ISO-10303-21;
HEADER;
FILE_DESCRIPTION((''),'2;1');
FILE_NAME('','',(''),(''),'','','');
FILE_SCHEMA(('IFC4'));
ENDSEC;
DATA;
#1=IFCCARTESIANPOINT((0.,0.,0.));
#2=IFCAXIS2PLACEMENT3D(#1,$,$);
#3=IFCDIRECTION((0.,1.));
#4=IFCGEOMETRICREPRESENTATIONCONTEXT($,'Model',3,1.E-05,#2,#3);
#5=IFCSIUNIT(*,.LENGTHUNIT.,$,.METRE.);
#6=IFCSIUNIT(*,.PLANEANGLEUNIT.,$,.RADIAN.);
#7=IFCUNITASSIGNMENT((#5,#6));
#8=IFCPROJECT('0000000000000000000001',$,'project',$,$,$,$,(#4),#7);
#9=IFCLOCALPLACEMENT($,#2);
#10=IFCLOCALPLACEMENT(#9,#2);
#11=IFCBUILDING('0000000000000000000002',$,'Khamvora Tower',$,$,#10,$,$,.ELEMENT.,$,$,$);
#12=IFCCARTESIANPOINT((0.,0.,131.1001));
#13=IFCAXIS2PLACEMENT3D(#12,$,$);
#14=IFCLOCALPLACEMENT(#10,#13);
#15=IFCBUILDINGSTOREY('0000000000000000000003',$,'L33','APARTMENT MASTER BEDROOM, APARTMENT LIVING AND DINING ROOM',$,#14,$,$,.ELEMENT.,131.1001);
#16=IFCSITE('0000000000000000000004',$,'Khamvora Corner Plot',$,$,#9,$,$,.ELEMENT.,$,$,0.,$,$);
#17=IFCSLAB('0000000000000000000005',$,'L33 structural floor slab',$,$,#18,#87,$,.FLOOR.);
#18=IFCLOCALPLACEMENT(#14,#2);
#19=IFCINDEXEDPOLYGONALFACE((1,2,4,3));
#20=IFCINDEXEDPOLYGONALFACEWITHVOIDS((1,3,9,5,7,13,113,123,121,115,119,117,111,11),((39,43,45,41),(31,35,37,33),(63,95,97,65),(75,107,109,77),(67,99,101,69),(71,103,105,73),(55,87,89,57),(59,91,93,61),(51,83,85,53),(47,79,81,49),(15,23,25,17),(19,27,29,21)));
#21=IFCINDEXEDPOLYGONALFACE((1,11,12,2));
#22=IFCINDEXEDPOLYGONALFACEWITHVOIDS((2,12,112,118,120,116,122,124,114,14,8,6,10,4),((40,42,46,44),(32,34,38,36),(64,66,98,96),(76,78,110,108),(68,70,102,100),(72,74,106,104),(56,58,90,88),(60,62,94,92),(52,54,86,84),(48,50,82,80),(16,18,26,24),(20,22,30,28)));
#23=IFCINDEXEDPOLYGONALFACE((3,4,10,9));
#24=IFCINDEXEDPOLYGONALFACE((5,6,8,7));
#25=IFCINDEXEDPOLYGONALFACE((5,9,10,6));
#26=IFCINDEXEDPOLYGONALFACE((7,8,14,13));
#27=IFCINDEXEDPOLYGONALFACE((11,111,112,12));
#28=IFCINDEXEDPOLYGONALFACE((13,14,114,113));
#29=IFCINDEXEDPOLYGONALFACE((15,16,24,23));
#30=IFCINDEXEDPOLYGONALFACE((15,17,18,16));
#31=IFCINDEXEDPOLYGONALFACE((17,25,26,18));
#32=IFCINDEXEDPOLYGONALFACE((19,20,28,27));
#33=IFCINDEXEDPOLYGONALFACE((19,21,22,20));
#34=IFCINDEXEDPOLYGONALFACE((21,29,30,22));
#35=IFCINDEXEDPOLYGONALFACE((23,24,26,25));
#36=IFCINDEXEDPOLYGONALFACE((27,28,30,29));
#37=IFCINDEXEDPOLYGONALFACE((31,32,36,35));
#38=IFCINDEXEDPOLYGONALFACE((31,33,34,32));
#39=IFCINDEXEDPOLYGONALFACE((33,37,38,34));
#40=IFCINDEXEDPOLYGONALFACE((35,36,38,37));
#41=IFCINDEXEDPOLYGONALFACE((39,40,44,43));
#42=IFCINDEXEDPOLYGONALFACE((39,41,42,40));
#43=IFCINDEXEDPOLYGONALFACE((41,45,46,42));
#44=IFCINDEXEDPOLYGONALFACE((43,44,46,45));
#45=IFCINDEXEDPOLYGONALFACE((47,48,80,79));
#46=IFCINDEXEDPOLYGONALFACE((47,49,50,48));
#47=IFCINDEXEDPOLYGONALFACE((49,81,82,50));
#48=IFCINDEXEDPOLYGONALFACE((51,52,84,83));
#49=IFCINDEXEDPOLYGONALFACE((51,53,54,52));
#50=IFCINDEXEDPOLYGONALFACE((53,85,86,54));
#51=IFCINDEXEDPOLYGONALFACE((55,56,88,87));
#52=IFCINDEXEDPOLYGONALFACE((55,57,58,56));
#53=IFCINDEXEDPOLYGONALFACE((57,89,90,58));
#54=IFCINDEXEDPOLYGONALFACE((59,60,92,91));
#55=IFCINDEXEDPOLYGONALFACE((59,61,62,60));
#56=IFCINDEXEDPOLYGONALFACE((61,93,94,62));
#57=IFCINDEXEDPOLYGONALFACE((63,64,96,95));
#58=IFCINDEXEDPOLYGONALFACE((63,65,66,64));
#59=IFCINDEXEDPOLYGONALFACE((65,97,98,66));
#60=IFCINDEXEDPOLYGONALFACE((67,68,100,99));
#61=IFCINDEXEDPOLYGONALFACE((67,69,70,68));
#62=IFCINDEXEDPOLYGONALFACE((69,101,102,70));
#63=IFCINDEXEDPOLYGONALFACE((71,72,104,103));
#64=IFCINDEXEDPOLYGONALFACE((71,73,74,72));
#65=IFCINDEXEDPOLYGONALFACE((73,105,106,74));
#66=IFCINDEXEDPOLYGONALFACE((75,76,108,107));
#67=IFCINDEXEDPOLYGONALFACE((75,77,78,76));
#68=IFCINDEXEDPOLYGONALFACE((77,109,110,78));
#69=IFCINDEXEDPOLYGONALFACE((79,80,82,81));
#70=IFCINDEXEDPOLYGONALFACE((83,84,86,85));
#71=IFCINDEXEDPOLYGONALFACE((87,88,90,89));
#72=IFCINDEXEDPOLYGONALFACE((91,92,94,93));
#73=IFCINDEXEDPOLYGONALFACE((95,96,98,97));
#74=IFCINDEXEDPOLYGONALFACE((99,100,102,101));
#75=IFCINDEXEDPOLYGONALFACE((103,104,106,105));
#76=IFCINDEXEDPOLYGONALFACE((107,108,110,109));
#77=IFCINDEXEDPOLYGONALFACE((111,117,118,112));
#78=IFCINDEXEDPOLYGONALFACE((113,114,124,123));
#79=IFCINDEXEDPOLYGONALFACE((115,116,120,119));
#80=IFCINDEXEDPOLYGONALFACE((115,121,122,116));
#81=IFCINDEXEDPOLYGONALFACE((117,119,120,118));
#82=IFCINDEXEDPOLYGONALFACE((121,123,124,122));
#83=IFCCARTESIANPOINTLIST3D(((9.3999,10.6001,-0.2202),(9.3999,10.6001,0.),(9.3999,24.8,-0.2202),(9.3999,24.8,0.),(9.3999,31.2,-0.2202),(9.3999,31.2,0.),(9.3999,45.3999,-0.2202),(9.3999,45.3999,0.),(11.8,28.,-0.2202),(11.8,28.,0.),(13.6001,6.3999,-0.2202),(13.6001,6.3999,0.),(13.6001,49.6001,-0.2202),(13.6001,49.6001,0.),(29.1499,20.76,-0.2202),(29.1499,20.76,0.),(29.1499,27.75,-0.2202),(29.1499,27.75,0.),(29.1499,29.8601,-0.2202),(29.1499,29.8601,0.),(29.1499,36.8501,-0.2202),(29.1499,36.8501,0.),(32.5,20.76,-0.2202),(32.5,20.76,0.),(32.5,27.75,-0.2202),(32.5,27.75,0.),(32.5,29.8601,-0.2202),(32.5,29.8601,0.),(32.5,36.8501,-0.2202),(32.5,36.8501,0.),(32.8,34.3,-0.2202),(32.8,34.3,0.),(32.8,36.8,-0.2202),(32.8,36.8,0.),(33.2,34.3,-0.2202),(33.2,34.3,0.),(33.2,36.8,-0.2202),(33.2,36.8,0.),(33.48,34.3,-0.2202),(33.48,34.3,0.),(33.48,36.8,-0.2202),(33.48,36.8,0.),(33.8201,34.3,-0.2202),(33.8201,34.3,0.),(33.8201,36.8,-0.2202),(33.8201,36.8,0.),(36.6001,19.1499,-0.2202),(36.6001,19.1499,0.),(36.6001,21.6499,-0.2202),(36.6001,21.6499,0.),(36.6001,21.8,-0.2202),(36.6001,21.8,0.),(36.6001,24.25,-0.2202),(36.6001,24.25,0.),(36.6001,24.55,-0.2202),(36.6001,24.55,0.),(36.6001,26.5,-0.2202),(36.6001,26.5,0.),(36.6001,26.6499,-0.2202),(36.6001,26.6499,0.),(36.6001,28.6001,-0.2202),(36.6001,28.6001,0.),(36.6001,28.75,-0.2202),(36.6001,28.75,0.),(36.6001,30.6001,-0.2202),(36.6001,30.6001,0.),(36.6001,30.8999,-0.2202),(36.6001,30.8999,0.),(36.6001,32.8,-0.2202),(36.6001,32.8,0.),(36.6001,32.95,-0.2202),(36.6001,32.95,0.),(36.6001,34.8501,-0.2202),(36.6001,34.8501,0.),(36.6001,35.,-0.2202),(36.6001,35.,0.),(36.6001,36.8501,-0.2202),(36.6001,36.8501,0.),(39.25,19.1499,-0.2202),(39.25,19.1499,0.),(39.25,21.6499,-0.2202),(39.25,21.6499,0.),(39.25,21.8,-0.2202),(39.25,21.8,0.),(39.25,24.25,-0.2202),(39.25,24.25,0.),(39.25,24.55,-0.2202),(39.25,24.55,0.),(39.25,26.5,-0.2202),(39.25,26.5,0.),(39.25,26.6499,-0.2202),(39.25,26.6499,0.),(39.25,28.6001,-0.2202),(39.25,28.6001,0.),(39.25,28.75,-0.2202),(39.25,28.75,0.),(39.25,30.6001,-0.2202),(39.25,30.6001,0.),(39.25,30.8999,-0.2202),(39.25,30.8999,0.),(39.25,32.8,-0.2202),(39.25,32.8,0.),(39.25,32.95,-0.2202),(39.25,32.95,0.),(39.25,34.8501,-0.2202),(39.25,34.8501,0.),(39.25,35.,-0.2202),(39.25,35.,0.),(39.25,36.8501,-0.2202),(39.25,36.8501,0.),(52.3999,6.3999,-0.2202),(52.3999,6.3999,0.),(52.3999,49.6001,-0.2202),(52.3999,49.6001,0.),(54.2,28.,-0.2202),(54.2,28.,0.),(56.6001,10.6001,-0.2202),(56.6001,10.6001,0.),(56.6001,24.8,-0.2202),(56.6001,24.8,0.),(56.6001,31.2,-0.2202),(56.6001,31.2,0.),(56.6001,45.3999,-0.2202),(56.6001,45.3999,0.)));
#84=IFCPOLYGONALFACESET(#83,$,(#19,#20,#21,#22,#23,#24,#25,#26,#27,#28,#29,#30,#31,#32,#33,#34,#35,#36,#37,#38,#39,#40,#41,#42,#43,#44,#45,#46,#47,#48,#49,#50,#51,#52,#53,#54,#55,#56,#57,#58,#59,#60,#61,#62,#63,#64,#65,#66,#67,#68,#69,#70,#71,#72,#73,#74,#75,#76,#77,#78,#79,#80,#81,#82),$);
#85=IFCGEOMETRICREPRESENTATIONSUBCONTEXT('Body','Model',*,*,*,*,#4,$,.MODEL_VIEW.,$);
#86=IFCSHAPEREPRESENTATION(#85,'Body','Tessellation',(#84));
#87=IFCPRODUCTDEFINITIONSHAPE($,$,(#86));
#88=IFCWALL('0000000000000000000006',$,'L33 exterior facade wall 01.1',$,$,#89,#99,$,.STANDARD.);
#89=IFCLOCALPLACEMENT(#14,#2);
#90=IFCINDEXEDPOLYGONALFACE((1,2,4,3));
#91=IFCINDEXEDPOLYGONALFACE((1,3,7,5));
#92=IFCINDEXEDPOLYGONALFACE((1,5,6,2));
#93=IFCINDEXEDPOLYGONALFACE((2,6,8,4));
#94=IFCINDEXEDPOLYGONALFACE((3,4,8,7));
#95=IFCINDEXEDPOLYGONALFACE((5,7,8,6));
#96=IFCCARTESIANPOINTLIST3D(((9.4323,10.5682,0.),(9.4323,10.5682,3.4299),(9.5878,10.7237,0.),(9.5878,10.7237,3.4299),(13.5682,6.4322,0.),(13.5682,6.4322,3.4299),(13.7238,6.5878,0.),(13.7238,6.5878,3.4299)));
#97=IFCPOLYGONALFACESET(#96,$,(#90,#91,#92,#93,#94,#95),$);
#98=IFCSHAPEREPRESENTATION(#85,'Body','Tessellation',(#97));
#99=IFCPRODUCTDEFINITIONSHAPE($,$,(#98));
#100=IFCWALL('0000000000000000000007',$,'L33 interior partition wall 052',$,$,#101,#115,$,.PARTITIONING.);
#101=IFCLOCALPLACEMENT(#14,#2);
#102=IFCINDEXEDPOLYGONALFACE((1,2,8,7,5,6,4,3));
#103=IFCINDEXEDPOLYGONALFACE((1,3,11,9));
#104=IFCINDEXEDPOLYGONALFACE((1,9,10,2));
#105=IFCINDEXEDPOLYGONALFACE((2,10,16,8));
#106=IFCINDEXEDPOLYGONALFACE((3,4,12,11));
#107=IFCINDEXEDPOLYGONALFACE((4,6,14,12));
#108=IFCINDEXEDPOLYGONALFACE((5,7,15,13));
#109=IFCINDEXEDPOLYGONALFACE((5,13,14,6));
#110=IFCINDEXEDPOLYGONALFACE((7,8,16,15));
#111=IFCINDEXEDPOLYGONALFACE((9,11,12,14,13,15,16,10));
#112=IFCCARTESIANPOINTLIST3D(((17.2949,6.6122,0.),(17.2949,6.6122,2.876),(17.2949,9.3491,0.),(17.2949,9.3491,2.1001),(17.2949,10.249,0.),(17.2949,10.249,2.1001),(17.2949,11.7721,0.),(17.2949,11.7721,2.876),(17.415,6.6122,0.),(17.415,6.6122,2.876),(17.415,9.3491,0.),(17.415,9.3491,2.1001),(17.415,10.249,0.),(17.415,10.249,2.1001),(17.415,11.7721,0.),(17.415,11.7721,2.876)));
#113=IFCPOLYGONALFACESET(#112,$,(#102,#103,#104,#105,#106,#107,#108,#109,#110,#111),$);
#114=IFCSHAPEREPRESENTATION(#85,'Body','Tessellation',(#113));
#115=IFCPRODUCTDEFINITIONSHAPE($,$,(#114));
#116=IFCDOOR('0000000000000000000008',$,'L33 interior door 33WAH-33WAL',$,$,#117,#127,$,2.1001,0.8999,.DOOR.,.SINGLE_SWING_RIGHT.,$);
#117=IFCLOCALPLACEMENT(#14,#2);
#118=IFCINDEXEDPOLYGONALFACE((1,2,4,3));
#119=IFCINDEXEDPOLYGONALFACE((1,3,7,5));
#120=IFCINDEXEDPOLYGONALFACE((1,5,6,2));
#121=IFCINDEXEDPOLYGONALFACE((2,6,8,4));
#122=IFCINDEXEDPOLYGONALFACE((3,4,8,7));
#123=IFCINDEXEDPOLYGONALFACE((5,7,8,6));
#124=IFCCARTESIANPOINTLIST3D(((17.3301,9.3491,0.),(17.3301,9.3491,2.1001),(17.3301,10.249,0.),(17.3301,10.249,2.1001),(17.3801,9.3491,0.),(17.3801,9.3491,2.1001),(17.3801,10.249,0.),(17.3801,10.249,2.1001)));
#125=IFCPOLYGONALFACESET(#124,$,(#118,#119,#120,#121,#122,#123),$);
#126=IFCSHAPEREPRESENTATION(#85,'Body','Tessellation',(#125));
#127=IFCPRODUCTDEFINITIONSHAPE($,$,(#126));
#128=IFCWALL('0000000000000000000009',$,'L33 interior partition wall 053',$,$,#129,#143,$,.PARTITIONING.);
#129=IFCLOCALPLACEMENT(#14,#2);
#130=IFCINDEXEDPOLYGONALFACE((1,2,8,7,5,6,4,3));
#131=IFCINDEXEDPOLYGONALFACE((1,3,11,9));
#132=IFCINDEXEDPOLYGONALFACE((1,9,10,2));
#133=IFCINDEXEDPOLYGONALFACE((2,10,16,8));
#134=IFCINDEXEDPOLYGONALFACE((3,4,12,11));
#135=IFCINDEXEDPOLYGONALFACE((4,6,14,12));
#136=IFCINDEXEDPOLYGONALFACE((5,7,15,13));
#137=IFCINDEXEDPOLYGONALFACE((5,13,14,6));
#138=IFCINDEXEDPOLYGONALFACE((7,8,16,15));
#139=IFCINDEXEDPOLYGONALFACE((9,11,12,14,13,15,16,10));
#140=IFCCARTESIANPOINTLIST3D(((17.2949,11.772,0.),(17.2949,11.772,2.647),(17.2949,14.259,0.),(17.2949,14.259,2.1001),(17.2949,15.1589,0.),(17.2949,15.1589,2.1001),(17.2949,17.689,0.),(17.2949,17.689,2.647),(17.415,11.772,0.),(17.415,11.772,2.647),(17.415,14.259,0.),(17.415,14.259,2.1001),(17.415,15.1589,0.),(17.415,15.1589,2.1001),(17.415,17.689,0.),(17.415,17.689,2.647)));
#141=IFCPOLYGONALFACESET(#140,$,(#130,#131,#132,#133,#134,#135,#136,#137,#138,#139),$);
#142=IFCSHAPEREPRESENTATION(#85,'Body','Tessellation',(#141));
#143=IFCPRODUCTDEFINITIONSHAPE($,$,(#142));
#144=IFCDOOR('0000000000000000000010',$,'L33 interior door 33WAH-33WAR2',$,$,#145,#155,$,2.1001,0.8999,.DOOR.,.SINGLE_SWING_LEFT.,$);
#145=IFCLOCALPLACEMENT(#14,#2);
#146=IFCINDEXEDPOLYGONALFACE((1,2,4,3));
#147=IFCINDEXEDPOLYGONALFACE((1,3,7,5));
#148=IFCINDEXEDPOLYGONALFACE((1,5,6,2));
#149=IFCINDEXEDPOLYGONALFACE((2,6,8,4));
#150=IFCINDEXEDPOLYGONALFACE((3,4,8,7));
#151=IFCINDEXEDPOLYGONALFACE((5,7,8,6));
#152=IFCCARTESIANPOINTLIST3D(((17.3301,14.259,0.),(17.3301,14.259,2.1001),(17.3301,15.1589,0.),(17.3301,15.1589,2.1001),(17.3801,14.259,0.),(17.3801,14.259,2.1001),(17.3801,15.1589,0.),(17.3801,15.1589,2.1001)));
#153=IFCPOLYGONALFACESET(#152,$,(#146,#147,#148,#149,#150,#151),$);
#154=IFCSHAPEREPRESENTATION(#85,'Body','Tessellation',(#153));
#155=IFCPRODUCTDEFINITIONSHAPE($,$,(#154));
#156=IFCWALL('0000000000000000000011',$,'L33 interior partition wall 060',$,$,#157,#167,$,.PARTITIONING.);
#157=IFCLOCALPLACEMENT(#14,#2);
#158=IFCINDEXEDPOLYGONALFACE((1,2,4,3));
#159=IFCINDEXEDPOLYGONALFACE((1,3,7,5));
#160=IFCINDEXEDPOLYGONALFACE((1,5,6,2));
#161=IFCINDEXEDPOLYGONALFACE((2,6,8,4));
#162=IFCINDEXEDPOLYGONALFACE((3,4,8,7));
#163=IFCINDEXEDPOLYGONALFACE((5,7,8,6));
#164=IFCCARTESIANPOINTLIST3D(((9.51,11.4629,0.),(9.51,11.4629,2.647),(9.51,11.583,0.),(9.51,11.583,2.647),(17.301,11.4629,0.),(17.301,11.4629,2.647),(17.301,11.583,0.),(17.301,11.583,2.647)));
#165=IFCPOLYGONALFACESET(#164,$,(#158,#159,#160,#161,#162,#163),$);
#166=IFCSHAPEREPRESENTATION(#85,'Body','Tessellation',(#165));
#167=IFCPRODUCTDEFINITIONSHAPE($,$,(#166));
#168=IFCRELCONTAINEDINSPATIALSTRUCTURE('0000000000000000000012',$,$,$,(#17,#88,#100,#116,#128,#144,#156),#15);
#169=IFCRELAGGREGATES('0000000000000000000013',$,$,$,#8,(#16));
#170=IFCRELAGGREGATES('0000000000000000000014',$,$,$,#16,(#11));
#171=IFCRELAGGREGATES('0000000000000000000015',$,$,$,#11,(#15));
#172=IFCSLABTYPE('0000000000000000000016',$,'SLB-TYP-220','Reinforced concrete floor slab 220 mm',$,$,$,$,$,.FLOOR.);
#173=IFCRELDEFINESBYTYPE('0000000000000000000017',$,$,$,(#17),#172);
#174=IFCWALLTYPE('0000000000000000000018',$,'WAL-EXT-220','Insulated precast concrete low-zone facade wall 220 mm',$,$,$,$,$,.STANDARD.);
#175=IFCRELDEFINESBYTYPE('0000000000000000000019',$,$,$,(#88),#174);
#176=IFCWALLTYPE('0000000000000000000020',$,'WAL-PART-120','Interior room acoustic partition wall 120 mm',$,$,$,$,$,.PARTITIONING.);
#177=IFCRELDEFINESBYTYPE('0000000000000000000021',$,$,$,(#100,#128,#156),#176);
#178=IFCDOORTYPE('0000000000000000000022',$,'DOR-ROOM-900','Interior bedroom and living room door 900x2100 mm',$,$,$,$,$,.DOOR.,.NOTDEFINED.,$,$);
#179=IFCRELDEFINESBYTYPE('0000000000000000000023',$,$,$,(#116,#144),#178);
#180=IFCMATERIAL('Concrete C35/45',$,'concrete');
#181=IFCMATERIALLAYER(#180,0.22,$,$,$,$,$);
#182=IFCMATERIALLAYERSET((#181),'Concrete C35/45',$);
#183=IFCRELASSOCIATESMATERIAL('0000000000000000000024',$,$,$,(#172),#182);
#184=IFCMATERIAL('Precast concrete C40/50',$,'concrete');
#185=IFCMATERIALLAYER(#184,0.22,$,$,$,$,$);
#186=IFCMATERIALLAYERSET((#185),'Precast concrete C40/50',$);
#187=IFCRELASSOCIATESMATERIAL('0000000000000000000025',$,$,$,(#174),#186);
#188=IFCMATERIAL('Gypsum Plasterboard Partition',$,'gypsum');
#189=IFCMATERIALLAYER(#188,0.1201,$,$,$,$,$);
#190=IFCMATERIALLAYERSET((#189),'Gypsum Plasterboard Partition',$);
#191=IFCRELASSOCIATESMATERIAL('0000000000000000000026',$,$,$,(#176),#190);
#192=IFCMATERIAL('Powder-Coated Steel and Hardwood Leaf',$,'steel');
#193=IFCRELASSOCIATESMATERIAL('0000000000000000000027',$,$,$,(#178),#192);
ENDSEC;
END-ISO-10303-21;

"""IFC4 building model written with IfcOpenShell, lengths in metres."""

from ifc_helpers import new_model, si_unit, direction, frame, frame_2d, origin, place, context, subcontext, project, spatial, polyline, rectangle, outline, extrude, material, layer, layer_set, type_object, element, fill, save


model = new_model("IFC4")

# Units and contexts
model_context = context("Model", 3, precision=1e-05, world=origin(), true_north=direction((0.0, 1.0)))
body_context = subcontext(model_context, "Body", "Model", "MODEL_VIEW")
ifc_project = project(units=[si_unit("LENGTHUNIT", "METRE"), si_unit("PLANEANGLEUNIT", "RADIAN")], contexts=[model_context])

# Site, building, storey
site_placement = place(None, origin())
site = spatial("IfcSite", under=ifc_project, at=site_placement, Name="Khamvora Corner Plot", CompositionType="ELEMENT", RefElevation=0.0)
building_placement = place(site_placement, origin())
building = spatial("IfcBuilding", under=site, at=building_placement, Name="Khamvora Tower", CompositionType="ELEMENT")
storey_placement = place(building_placement, frame((0.0, 0.0, 131.1001)))
storey = spatial("IfcBuildingStorey", under=building, at=storey_placement, Name="L33", Description="APARTMENT MASTER BEDROOM, APARTMENT LIVING AND DINING ROOM", CompositionType="ELEMENT", Elevation=131.1001)

# Slab
ifc_material_1 = material(Name="Concrete C35/45", Category="concrete")
ifc_layer_1 = layer(ifc_material_1, 0.22)
ifc_layer_set_1 = layer_set([ifc_layer_1], Name="Concrete C35/45")
slab_type_1 = type_object("IfcSlabType", Name="SLB-TYP-220", Description="Reinforced concrete floor slab 220 mm", PredefinedType="FLOOR", material=ifc_layer_set_1)
slab_1_placement = place(storey_placement, frame((0.0, 0.0, -0.2202)))
element("IfcSlab", 1, at=slab_1_placement, inside=storey, type_object=slab_type_1, Name="L33 structural floor slab", PredefinedType="FLOOR", context=body_context, shape_type="SweptSolid", body=[
    extrude(outline(polyline([(13.6001, 6.3999), (52.3999, 6.3999), (56.6001, 10.6001), (56.6001, 24.8), (54.2, 28.0), (56.6001, 31.2), (56.6001, 45.3999), (52.3999, 49.6001), (13.6001, 49.6001), (9.3999, 45.3999), (9.3999, 31.2), (11.8, 28.0), (9.3999, 24.8), (9.3999, 10.6001), (13.6001, 6.3999)]), holes=[polyline([(32.5, 20.76), (32.5, 27.75), (29.1499, 27.75), (29.1499, 20.76), (32.5, 20.76)]), polyline([(32.5, 29.8601), (32.5, 36.8501), (29.1499, 36.8501), (29.1499, 29.8601), (32.5, 29.8601)]), polyline([(36.6001, 19.1499), (39.25, 19.1499), (39.25, 21.6499), (36.6001, 21.6499), (36.6001, 19.1499)]), polyline([(36.6001, 21.8), (39.25, 21.8), (39.25, 24.25), (36.6001, 24.25), (36.6001, 21.8)]), polyline([(36.6001, 24.55), (39.25, 24.55), (39.25, 26.5), (36.6001, 26.5), (36.6001, 24.55)]), polyline([(36.6001, 26.6499), (39.25, 26.6499), (39.25, 28.6001), (36.6001, 28.6001), (36.6001, 26.6499)]), polyline([(36.6001, 28.75), (39.25, 28.75), (39.25, 30.6001), (36.6001, 30.6001), (36.6001, 28.75)]), polyline([(36.6001, 30.8999), (39.25, 30.8999), (39.25, 32.8), (36.6001, 32.8), (36.6001, 30.8999)]), polyline([(36.6001, 32.95), (39.25, 32.95), (39.25, 34.8501), (36.6001, 34.8501), (36.6001, 32.95)]), polyline([(36.6001, 35.0), (39.25, 35.0), (39.25, 36.8501), (36.6001, 36.8501), (36.6001, 35.0)]), polyline([(32.8, 34.3), (33.2, 34.3), (33.2, 36.8), (32.8, 36.8), (32.8, 34.3)]), polyline([(33.48, 34.3), (33.8201, 34.3), (33.8201, 36.8), (33.48, 36.8), (33.48, 34.3)])]), origin(), (0.0, 0.0, 1.0), 0.2202),
])

# Wall
ifc_material_2 = material(Name="Precast concrete C40/50", Category="concrete")
ifc_layer_2 = layer(ifc_material_2, 0.22)
ifc_layer_set_2 = layer_set([ifc_layer_2], Name="Precast concrete C40/50")
wall_type_1 = type_object("IfcWallType", Name="WAL-EXT-220", Description="Insulated precast concrete low-zone facade wall 220 mm", PredefinedType="STANDARD", material=ifc_layer_set_2)
wall_1_placement = place(storey_placement, frame((13.646, 6.51, 0.0), z_axis=(0.0, 0.0, 1.0), x_axis=(-0.707107, 0.707107, 0.0)))
element("IfcWall", 2, at=wall_1_placement, inside=storey, type_object=wall_type_1, Name="L33 exterior facade wall 01.1", PredefinedType="STANDARD", context=body_context, shape_type="SweptSolid", body=[
    extrude(rectangle(XDim=5.8491, YDim=0.22, at=frame_2d((2.9246, 0.0))), origin(), (0.0, 0.0, 1.0), 3.4299),
])

# Walls, openings, doors
ifc_material_3 = material(Name="Gypsum Plasterboard Partition", Category="gypsum")
ifc_layer_3 = layer(ifc_material_3, 0.1201)
ifc_layer_set_3 = layer_set([ifc_layer_3], Name="Gypsum Plasterboard Partition")
wall_type_2 = type_object("IfcWallType", Name="WAL-PART-120", Description="Interior room acoustic partition wall 120 mm", PredefinedType="PARTITIONING", material=ifc_layer_set_3)
wall_2_placement = place(storey_placement, frame((17.355, 6.6121, 0.0), z_axis=(0.0, 0.0, 1.0), x_axis=(0.0, 1.0, 0.0)))
wall_2 = element("IfcWall", 3, at=wall_2_placement, inside=storey, type_object=wall_type_2, Name="L33 interior partition wall 052", PredefinedType="PARTITIONING", context=body_context, shape_type="SweptSolid", body=[
    extrude(rectangle(XDim=5.1599, YDim=0.1201, at=frame_2d((2.5801, 0.0))), origin(), (0.0, 0.0, 1.0), 2.876),
])
opening_1_placement = place(wall_2_placement, frame((2.7371, 0.0, 0.0)))
opening_1 = element("IfcOpeningElement", 4, at=opening_1_placement, cuts=wall_2, PredefinedType="OPENING", context=body_context, shape_type="SweptSolid", body=[
    extrude(rectangle(XDim=0.8999, YDim=2.1001, at=frame_2d((0.45, 1.05))), frame((0.0, 0.0701, 0.0), z_axis=(0.0, -1.0, 0.0), x_axis=(1.0, 0.0, 0.0)), (0.0, 0.0, 1.0), 0.1401),
])
ifc_material_4 = material(Name="Powder-Coated Steel and Hardwood Leaf", Category="steel")
door_type = type_object("IfcDoorType", Name="DOR-ROOM-900", Description="Interior bedroom and living room door 900x2100 mm", OperationType="NOTDEFINED", PredefinedType="DOOR", material=ifc_material_4)
door_1_placement = place(opening_1_placement, origin())
door_1 = element("IfcDoor", 5, at=door_1_placement, inside=storey, type_object=door_type, Name="L33 interior door 33WAH-33WAL", OperationType="SINGLE_SWING_RIGHT", OverallHeight=2.1001, OverallWidth=0.8999, PredefinedType="DOOR", context=body_context, shape_type="SweptSolid", body=[
    extrude(rectangle(XDim=0.8999, YDim=2.1001, at=frame_2d((0.45, 1.05))), frame((0.0, 0.0249, 0.0), z_axis=(0.0, -1.0, 0.0), x_axis=(1.0, 0.0, 0.0)), (0.0, 0.0, 1.0), 0.05),
])
fill(opening_1, door_1)
wall_3_placement = place(storey_placement, frame((17.355, 11.772, 0.0), z_axis=(0.0, 0.0, 1.0), x_axis=(0.0, 1.0, 0.0)))
wall_3 = element("IfcWall", 6, at=wall_3_placement, inside=storey, type_object=wall_type_2, Name="L33 interior partition wall 053", PredefinedType="PARTITIONING", context=body_context, shape_type="SweptSolid", body=[
    extrude(rectangle(XDim=5.917, YDim=0.1201, at=frame_2d((2.9585, 0.0))), origin(), (0.0, 0.0, 1.0), 2.647),
])
opening_2_placement = place(wall_3_placement, frame((2.4871, 0.0, 0.0)))
opening_2 = element("IfcOpeningElement", 7, at=opening_2_placement, cuts=wall_3, PredefinedType="OPENING", context=body_context, shape_type="SweptSolid", body=[
    extrude(rectangle(XDim=0.8999, YDim=2.1001, at=frame_2d((0.45, 1.05))), frame((0.0, 0.0701, 0.0), z_axis=(0.0, -1.0, 0.0), x_axis=(1.0, 0.0, 0.0)), (0.0, 0.0, 1.0), 0.1401),
])
door_2_placement = place(opening_2_placement, origin())
door_2 = element("IfcDoor", 8, at=door_2_placement, inside=storey, type_object=door_type, Name="L33 interior door 33WAH-33WAR2", OperationType="SINGLE_SWING_LEFT", OverallHeight=2.1001, OverallWidth=0.8999, PredefinedType="DOOR", context=body_context, shape_type="SweptSolid", body=[
    extrude(rectangle(XDim=0.8999, YDim=2.1001, at=frame_2d((0.45, 1.05))), frame((0.0, 0.0249, 0.0), z_axis=(0.0, -1.0, 0.0), x_axis=(1.0, 0.0, 0.0)), (0.0, 0.0, 1.0), 0.05),
])
fill(opening_2, door_2)

# Wall
wall_4_placement = place(storey_placement, frame((9.51, 11.5229, 0.0), z_axis=(0.0, 0.0, 1.0), x_axis=(1.0, 0.0, 0.0)))
element("IfcWall", 9, at=wall_4_placement, inside=storey, type_object=wall_type_2, Name="L33 interior partition wall 060", PredefinedType="PARTITIONING", context=body_context, shape_type="SweptSolid", body=[
    extrude(rectangle(XDim=7.791, YDim=0.1201, at=frame_2d((3.8955, 0.0))), origin(), (0.0, 0.0, 1.0), 2.647),
])

save(model, "model.ifc")
